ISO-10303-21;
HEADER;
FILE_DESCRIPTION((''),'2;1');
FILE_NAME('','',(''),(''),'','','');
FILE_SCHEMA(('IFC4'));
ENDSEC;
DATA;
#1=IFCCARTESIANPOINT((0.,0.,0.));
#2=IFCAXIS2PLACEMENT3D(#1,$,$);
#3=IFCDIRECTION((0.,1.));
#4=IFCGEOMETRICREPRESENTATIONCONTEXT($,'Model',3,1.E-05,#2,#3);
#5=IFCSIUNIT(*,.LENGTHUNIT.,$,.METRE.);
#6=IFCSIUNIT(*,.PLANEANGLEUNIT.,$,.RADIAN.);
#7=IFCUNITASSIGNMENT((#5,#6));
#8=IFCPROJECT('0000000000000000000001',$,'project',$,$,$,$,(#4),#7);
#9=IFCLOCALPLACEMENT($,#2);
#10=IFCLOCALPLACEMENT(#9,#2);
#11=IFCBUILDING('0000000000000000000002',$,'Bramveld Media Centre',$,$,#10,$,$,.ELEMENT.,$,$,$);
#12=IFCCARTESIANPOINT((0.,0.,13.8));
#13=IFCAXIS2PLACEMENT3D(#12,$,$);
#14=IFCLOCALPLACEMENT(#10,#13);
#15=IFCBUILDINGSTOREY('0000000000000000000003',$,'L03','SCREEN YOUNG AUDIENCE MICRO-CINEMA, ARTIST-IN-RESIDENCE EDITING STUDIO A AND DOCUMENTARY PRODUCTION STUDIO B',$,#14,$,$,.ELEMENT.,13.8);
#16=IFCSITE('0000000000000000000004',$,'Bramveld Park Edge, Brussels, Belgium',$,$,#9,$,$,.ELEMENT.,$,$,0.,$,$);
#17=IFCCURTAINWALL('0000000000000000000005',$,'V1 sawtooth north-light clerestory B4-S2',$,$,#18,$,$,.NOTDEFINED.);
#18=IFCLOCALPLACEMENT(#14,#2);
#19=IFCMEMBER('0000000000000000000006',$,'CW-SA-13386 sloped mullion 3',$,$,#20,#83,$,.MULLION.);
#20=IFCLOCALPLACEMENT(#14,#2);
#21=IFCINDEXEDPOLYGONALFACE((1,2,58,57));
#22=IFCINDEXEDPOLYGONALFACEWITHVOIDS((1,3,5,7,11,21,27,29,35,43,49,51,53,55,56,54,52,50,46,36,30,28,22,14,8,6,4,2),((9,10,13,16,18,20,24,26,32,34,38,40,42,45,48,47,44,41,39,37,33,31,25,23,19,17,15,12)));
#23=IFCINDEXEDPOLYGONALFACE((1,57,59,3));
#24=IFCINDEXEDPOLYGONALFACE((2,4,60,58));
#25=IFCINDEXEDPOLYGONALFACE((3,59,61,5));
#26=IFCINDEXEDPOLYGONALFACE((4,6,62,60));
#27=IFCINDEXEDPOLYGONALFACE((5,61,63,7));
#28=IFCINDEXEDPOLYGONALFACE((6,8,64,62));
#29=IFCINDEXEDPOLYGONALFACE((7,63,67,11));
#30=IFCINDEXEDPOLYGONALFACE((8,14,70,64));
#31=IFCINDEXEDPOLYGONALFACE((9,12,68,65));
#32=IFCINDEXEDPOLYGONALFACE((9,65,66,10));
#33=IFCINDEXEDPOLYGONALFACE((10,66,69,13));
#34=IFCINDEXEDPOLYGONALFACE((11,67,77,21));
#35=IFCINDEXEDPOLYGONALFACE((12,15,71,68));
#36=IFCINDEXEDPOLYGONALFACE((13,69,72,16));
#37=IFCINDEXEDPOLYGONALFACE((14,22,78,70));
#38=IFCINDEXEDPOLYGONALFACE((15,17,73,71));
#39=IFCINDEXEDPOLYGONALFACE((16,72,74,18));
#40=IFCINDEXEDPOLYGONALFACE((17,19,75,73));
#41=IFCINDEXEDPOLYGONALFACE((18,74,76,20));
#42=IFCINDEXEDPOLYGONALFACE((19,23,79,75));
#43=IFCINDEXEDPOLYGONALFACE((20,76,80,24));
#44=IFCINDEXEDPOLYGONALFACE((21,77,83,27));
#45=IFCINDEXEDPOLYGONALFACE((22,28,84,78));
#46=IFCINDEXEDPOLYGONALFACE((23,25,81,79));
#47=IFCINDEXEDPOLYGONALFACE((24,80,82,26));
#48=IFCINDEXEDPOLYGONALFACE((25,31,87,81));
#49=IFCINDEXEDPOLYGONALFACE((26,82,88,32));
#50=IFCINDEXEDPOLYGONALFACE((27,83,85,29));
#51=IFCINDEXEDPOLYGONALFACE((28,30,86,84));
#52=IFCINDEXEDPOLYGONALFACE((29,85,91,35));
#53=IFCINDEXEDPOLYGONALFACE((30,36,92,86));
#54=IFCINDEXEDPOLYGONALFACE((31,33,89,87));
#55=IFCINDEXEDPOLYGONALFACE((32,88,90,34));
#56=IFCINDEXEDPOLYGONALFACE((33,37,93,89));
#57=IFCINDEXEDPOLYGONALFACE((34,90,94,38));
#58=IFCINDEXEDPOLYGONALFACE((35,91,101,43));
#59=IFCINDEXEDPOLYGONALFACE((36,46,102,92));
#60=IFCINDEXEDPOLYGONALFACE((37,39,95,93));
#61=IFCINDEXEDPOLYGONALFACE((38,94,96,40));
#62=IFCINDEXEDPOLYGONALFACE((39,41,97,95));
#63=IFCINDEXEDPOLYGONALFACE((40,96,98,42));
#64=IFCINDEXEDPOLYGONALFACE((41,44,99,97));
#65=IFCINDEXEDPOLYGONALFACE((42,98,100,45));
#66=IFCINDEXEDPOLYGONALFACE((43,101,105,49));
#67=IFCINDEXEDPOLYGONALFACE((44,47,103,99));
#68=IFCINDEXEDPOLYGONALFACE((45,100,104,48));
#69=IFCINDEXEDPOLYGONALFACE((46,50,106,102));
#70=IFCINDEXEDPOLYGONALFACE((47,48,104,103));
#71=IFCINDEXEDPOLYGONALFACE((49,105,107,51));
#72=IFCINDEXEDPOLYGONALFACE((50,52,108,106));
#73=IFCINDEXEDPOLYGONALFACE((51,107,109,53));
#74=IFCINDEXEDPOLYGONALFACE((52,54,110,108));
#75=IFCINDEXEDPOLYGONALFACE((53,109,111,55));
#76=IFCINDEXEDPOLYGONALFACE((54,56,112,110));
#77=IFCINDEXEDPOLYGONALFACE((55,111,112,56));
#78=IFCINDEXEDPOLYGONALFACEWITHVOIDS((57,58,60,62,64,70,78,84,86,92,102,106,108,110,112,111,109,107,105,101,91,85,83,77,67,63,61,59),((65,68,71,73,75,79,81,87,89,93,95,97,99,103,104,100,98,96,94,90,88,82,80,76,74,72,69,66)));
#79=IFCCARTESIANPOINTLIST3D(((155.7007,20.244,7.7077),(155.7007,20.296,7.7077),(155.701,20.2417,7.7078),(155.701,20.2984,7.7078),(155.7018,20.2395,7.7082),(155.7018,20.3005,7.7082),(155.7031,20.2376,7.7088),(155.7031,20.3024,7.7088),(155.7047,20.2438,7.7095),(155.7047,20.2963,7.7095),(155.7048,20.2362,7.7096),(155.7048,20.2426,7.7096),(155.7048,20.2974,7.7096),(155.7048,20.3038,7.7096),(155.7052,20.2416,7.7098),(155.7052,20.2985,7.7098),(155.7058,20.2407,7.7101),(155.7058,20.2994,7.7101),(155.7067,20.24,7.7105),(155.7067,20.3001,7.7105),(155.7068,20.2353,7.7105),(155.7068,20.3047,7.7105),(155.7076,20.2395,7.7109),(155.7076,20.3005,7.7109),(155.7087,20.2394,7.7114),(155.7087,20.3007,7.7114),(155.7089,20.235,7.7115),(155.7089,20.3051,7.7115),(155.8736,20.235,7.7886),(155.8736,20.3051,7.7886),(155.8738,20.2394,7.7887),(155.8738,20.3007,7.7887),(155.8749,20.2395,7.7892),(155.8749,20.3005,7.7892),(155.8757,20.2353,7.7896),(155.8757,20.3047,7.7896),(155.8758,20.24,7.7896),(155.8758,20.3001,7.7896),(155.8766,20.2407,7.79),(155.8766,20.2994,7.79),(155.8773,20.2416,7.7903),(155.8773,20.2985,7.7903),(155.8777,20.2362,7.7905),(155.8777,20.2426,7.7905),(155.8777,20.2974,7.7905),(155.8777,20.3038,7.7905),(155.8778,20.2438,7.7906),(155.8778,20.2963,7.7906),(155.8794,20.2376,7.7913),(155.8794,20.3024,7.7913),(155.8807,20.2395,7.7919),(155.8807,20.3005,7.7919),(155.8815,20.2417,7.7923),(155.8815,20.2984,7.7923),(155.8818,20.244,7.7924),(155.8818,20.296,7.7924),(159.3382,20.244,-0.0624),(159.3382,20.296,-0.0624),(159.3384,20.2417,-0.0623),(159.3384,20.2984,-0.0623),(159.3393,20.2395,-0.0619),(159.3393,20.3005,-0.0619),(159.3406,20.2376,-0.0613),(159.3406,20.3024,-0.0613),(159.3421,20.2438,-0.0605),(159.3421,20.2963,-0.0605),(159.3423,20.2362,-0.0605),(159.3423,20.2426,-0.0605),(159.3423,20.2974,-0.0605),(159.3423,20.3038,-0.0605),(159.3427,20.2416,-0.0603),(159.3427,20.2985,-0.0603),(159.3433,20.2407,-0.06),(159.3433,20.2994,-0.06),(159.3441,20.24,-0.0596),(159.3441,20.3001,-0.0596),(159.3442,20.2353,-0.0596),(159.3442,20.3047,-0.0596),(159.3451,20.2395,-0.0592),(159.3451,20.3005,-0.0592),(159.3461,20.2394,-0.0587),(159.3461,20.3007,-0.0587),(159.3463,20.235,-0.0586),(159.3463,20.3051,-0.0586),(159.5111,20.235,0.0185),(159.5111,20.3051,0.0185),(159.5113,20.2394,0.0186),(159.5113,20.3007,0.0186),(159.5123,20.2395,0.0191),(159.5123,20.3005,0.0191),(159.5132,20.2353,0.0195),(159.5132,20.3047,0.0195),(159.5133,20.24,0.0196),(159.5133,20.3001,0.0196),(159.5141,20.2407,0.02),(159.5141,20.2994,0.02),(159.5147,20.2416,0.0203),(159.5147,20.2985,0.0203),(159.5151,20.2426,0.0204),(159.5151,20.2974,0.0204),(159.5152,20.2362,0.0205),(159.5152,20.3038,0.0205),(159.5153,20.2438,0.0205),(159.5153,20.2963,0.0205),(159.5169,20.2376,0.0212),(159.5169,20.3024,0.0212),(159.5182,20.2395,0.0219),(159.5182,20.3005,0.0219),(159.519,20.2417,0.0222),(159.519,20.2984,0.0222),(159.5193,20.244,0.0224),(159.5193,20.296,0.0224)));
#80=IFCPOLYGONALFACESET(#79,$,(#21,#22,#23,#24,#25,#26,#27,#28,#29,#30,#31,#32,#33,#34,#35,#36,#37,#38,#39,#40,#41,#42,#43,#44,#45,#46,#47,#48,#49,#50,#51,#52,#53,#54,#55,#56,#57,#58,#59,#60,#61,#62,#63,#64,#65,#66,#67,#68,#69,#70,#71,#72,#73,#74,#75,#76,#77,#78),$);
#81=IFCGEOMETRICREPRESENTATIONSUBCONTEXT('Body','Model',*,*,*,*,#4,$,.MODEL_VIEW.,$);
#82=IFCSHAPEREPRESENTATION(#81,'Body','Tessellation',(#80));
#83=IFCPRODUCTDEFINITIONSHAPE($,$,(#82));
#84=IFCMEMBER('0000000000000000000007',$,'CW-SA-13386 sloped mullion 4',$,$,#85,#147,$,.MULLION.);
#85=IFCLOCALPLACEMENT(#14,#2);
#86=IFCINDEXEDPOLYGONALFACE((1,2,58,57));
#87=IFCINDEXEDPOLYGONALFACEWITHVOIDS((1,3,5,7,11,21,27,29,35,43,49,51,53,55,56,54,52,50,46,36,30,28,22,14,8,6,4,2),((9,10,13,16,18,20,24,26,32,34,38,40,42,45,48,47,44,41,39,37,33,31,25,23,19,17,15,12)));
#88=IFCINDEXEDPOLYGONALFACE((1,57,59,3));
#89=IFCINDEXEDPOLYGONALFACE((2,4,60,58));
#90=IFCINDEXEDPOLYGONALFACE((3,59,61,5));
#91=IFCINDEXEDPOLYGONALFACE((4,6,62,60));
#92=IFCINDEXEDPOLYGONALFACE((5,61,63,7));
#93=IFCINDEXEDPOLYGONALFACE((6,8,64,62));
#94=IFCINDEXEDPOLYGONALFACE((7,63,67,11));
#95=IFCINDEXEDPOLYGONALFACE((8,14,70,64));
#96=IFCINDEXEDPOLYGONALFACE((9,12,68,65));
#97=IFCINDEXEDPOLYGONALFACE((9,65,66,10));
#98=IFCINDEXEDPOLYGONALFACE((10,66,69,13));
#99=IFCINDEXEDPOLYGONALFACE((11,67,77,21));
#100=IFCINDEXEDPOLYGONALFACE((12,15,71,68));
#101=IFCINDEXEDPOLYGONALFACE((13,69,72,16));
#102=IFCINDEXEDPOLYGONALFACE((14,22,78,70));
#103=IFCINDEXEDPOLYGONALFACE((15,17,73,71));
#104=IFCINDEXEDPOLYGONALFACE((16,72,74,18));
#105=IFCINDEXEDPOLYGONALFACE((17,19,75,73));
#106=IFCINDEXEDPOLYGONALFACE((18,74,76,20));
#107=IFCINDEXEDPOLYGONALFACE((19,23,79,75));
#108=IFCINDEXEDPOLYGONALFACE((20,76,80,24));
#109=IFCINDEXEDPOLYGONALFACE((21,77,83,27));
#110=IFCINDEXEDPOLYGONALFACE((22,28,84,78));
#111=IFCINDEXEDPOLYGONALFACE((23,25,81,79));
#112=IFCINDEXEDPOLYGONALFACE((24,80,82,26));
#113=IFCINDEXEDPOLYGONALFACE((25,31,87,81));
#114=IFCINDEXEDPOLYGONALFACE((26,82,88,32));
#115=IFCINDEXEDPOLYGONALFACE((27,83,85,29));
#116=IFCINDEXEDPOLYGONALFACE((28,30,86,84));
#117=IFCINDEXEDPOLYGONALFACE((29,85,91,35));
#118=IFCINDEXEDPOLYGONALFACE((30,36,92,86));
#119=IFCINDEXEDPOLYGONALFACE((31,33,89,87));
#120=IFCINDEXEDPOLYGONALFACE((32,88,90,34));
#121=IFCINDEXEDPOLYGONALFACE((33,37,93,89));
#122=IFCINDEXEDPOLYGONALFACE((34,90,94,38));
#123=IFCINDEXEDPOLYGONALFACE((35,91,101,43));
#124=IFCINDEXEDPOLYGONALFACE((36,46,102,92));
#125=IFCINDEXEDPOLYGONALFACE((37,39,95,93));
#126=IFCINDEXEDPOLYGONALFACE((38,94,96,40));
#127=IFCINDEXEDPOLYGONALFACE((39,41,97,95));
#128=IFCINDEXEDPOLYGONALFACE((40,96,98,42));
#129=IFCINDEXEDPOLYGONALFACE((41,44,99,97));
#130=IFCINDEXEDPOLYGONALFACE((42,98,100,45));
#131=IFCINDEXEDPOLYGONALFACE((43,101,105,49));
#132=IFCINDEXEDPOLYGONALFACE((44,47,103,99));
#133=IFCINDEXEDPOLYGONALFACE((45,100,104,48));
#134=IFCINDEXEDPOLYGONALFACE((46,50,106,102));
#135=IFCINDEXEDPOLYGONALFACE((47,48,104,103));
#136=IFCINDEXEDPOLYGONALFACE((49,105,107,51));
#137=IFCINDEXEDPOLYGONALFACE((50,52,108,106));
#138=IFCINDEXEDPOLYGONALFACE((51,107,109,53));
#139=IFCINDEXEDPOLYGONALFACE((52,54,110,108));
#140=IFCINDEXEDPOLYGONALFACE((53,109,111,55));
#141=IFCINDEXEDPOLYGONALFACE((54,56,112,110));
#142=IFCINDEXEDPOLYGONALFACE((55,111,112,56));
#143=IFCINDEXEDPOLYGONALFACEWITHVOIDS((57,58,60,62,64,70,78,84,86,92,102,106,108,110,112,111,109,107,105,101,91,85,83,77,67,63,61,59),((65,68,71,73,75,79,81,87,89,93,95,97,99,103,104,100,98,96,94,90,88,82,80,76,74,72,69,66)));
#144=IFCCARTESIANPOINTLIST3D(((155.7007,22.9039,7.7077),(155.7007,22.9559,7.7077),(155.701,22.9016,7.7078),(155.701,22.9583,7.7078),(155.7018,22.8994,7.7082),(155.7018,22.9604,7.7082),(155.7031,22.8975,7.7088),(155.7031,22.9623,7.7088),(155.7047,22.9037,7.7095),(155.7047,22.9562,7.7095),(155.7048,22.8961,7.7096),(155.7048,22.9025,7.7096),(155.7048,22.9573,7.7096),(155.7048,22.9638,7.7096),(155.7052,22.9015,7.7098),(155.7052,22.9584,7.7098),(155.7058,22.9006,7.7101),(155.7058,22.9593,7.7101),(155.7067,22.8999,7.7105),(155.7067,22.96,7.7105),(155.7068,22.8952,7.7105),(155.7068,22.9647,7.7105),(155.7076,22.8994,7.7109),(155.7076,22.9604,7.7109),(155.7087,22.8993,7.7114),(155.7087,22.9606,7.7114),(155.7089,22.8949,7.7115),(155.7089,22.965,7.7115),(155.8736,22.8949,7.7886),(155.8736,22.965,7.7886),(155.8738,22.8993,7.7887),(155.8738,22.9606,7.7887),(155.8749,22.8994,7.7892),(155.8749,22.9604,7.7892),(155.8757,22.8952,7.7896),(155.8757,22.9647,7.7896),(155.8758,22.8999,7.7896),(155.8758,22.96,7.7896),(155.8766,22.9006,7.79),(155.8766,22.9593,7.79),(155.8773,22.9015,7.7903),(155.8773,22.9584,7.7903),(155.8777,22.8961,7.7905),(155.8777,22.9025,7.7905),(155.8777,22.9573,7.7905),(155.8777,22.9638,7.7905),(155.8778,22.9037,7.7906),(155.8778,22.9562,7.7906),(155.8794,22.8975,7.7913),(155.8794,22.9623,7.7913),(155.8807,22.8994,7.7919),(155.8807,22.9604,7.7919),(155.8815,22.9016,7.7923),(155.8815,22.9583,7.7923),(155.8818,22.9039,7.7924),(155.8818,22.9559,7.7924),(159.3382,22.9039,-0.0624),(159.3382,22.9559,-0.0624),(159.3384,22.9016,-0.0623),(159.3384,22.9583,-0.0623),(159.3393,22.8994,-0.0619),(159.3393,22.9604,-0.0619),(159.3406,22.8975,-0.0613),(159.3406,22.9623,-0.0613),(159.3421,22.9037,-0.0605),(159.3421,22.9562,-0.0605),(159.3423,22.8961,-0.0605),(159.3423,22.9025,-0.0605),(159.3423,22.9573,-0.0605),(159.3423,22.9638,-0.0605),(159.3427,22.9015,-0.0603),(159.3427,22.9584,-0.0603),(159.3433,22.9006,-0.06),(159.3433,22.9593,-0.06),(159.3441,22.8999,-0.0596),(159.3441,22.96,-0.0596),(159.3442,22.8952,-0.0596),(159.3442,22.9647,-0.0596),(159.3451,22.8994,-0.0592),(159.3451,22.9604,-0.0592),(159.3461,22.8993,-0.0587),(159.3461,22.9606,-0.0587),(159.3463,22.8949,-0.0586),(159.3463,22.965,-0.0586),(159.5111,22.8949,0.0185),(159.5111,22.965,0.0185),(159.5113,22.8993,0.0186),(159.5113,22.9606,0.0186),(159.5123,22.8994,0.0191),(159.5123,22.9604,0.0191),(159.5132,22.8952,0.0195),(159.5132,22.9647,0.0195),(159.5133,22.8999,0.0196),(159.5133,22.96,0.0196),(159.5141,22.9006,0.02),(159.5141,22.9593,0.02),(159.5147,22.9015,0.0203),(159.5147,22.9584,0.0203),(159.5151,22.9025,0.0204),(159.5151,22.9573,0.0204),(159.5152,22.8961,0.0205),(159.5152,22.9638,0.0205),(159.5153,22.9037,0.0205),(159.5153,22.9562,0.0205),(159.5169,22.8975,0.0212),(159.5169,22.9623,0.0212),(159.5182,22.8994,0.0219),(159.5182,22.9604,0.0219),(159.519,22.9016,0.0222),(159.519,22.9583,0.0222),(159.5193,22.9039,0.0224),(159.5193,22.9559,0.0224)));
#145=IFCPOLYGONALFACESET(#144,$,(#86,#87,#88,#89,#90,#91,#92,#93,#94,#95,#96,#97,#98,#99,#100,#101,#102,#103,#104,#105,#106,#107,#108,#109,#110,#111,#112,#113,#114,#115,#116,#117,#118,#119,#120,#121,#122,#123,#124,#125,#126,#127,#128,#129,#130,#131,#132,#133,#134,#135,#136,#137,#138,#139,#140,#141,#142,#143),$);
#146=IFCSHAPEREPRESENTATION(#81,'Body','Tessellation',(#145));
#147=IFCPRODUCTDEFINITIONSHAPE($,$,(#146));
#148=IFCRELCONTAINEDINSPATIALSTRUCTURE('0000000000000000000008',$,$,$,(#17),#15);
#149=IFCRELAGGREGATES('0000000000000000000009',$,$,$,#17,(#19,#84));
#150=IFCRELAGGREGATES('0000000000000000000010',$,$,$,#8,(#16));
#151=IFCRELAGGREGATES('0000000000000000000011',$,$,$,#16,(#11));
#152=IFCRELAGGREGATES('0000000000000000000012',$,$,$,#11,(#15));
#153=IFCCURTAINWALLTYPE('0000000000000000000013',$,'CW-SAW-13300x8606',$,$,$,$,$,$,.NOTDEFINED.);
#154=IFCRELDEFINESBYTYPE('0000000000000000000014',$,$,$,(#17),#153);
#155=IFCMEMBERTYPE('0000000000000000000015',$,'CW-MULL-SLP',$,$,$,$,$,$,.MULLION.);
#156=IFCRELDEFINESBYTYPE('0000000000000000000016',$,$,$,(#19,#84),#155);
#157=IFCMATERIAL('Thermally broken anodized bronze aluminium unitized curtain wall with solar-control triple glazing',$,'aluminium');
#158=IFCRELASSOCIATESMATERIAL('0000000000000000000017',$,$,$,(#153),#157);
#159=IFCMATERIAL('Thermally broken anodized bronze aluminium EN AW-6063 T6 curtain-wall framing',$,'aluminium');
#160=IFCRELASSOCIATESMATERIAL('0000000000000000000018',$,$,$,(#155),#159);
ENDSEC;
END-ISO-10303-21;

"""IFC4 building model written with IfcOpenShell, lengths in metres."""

from ifc_helpers import new_model, si_unit, direction, frame, origin, origin_2d, place, context, subcontext, project, spatial, hollow_rectangle, extrude, material, material_profile, profile_set, type_object, element, aggregate, save


model = new_model("IFC4")

# Units and contexts
model_context = context("Model", 3, precision=1e-05, world=origin(), true_north=direction((0.0, 1.0)))
body_context = subcontext(model_context, "Body", "Model", "MODEL_VIEW")
ifc_project = project(units=[si_unit("LENGTHUNIT", "METRE"), si_unit("PLANEANGLEUNIT", "RADIAN")], contexts=[model_context])

# Site, building, storey
site_placement = place(None, origin())
site = spatial("IfcSite", under=ifc_project, at=site_placement, Name="Bramveld Park Edge, Brussels, Belgium", CompositionType="ELEMENT", RefElevation=0.0)
building_placement = place(site_placement, origin())
building = spatial("IfcBuilding", under=site, at=building_placement, Name="Bramveld Media Centre", CompositionType="ELEMENT")
storey_placement = place(building_placement, frame((0.0, 0.0, 13.8)))
storey = spatial("IfcBuildingStorey", under=building, at=storey_placement, Name="L03", Description="SCREEN YOUNG AUDIENCE MICRO-CINEMA, ARTIST-IN-RESIDENCE EDITING STUDIO A AND DOCUMENTARY PRODUCTION STUDIO B", CompositionType="ELEMENT", Elevation=13.8)

# Curtain wall, members
ifc_material_1 = material(Name="Thermally broken anodized bronze aluminium unitized curtain wall with solar-control triple glazing", Category="aluminium")
curtain_wall_type = type_object("IfcCurtainWallType", Name="CW-SAW-13300x8606", PredefinedType="NOTDEFINED", material=ifc_material_1)
curtain_wall_placement = place(storey_placement, origin())
curtain_wall = element("IfcCurtainWall", 1, at=curtain_wall_placement, inside=storey, type_object=curtain_wall_type, Name="V1 sawtooth north-light clerestory B4-S2", PredefinedType="NOTDEFINED")
ifc_material_2 = material(Name="Thermally broken anodized bronze aluminium EN AW-6063 T6 curtain-wall framing", Category="aluminium")
ifc_material_profile_1 = material_profile(ifc_material_2, hollow_rectangle(XDim=0.0701, YDim=0.2, WallThickness=0.0044, InnerFilletRadius=0.0044, OuterFilletRadius=0.009, at=origin_2d()), Name="AL-MULL 70x200")
ifc_profile_set_1 = profile_set([ifc_material_profile_1], Name="Thermally broken anodized bronze aluminium EN AW-6063 T6 curtain-wall framing")
member_type_1 = type_object("IfcMemberType", Name="CW-MULL-SLP", PredefinedType="MULLION", material=ifc_profile_set_1)
member_1_placement = place(storey_placement, frame((159.4287, 20.27, -0.02), z_axis=(-0.42398, 0.0, 0.905671), x_axis=(0.0, -1.0, 0.0)))
member_1 = element("IfcMember", 2, at=member_1_placement, type_object=member_type_1, Name="CW-SA-13386 sloped mullion 3", PredefinedType="MULLION", context=body_context, shape_type="SweptSolid", body=[
    extrude(hollow_rectangle(XDim=0.0701, YDim=0.2, WallThickness=0.0044, InnerFilletRadius=0.0044, OuterFilletRadius=0.009, at=origin_2d()), origin(), (0.0, 0.0, 1.0), 8.5793),
])
member_2_placement = place(storey_placement, frame((159.4287, 22.9299, -0.02), z_axis=(-0.42398, 0.0, 0.905671), x_axis=(0.0, -1.0, 0.0)))
member_2 = element("IfcMember", 3, at=member_2_placement, type_object=member_type_1, Name="CW-SA-13386 sloped mullion 4", PredefinedType="MULLION", context=body_context, shape_type="SweptSolid", body=[
    extrude(hollow_rectangle(XDim=0.0701, YDim=0.2, WallThickness=0.0044, InnerFilletRadius=0.0044, OuterFilletRadius=0.009, at=origin_2d()), origin(), (0.0, 0.0, 1.0), 8.5793),
])

aggregate(curtain_wall, [member_1, member_2])

save(model, "model.ifc")
